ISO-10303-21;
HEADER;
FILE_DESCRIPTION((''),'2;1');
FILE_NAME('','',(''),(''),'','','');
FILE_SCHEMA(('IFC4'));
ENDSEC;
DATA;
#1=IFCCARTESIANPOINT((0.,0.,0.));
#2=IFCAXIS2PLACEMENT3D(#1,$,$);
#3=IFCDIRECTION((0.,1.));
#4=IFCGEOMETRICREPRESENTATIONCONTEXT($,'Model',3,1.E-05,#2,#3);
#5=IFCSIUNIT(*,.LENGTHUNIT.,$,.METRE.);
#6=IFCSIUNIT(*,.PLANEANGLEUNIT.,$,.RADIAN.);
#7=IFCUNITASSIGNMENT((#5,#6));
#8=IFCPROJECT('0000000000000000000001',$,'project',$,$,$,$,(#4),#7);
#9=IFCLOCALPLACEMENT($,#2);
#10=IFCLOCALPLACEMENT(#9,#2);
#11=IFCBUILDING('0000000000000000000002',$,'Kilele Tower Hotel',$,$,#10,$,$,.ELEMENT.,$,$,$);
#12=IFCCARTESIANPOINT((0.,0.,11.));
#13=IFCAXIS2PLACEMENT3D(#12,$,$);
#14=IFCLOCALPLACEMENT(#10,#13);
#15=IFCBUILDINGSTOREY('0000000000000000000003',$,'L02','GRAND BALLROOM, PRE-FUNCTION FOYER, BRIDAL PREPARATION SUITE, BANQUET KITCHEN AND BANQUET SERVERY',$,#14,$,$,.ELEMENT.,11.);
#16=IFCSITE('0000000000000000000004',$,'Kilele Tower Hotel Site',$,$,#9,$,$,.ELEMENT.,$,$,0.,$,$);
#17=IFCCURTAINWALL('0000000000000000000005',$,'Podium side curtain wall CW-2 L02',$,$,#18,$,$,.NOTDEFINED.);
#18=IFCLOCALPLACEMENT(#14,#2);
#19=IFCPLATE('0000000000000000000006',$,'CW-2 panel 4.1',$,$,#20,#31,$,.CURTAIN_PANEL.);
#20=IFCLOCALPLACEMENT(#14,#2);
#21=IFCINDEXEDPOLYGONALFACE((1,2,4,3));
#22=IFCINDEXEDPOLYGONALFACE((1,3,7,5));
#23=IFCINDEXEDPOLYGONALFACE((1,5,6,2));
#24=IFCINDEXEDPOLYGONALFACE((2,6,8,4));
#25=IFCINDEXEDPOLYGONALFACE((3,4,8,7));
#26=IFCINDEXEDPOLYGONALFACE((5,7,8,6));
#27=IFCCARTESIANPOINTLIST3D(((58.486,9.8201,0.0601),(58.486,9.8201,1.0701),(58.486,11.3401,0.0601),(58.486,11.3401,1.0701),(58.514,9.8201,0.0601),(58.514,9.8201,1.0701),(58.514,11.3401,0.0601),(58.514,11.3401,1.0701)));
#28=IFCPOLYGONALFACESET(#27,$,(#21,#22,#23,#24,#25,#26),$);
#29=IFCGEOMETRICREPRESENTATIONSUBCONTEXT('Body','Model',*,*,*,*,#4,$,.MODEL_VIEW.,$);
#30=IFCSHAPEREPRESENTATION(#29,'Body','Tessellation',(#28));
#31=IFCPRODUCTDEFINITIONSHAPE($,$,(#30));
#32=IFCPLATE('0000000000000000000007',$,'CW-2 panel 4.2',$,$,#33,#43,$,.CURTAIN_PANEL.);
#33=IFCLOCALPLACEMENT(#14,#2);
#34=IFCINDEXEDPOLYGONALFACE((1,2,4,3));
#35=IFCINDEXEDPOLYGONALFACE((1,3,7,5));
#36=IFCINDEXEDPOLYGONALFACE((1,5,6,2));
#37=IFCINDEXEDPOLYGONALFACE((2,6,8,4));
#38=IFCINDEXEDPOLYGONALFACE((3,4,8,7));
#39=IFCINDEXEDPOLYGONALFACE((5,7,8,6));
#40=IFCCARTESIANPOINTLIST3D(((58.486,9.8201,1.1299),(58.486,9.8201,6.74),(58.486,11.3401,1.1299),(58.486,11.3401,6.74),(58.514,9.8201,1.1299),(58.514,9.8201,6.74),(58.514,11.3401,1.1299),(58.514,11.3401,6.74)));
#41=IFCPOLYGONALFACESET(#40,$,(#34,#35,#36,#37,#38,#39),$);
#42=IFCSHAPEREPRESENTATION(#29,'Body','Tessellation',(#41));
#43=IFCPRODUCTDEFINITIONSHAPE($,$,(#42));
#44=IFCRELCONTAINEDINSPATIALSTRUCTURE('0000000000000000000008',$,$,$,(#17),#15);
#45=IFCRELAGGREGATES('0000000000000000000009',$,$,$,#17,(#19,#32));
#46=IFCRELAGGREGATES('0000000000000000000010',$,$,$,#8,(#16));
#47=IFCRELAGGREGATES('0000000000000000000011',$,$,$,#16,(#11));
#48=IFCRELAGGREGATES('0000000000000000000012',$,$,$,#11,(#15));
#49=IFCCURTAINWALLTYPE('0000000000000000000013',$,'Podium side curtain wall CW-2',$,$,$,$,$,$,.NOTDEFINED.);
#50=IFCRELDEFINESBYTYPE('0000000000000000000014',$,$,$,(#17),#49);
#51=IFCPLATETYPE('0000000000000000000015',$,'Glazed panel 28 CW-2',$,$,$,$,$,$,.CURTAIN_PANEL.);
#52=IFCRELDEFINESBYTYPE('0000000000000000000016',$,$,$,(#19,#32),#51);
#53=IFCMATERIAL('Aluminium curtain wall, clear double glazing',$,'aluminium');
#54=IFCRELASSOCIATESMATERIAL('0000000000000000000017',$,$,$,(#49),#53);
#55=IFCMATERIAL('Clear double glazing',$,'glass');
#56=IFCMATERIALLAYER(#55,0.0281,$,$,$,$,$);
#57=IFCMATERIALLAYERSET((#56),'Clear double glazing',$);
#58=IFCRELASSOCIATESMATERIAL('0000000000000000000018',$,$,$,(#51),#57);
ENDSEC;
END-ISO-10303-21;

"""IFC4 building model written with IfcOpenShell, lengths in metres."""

from ifc_helpers import new_model, si_unit, direction, frame, origin, origin_2d, place, context, subcontext, project, spatial, rectangle, extrude, material, layer, layer_set, type_object, element, aggregate, save


model = new_model("IFC4")

# Units and contexts
model_context = context("Model", 3, precision=1e-05, world=origin(), true_north=direction((0.0, 1.0)))
body_context = subcontext(model_context, "Body", "Model", "MODEL_VIEW")
ifc_project = project(units=[si_unit("LENGTHUNIT", "METRE"), si_unit("PLANEANGLEUNIT", "RADIAN")], contexts=[model_context])

# Site, building, storey
site_placement = place(None, origin())
site = spatial("IfcSite", under=ifc_project, at=site_placement, Name="Kilele Tower Hotel Site", CompositionType="ELEMENT", RefElevation=0.0)
building_placement = place(site_placement, origin())
building = spatial("IfcBuilding", under=site, at=building_placement, Name="Kilele Tower Hotel", CompositionType="ELEMENT")
storey_placement = place(building_placement, frame((0.0, 0.0, 11.0)))
storey = spatial("IfcBuildingStorey", under=building, at=storey_placement, Name="L02", Description="GRAND BALLROOM, PRE-FUNCTION FOYER, BRIDAL PREPARATION SUITE, BANQUET KITCHEN AND BANQUET SERVERY", CompositionType="ELEMENT", Elevation=11.0)

# Curtain wall, plates
ifc_material_1 = material(Name="Aluminium curtain wall, clear double glazing", Category="aluminium")
curtain_wall_type = type_object("IfcCurtainWallType", Name="Podium side curtain wall CW-2", PredefinedType="NOTDEFINED", material=ifc_material_1)
curtain_wall_placement = place(storey_placement, origin())
curtain_wall = element("IfcCurtainWall", 1, at=curtain_wall_placement, inside=storey, type_object=curtain_wall_type, Name="Podium side curtain wall CW-2 L02", PredefinedType="NOTDEFINED")
ifc_material_2 = material(Name="Clear double glazing", Category="glass")
ifc_layer = layer(ifc_material_2, 0.0281)
ifc_layer_set = layer_set([ifc_layer], Name="Clear double glazing")
plate_type = type_object("IfcPlateType", Name="Glazed panel 28 CW-2", PredefinedType="CURTAIN_PANEL", material=ifc_layer_set)
plate_1_placement = place(storey_placement, frame((58.5, 10.5801, 0.0601), z_axis=(0.0, 0.0, 1.0), x_axis=(0.0, 1.0, 0.0)))
plate_1 = element("IfcPlate", 2, at=plate_1_placement, type_object=plate_type, Name="CW-2 panel 4.1", PredefinedType="CURTAIN_PANEL", context=body_context, shape_type="SweptSolid", body=[
    extrude(rectangle(XDim=1.52, YDim=0.0281, at=origin_2d()), origin(), (0.0, 0.0, 1.0), 1.01),
])
plate_2_placement = place(storey_placement, frame((58.5, 10.5801, 1.1299), z_axis=(0.0, 0.0, 1.0), x_axis=(0.0, 1.0, 0.0)))
plate_2 = element("IfcPlate", 3, at=plate_2_placement, type_object=plate_type, Name="CW-2 panel 4.2", PredefinedType="CURTAIN_PANEL", context=body_context, shape_type="SweptSolid", body=[
    extrude(rectangle(XDim=1.52, YDim=0.0281, at=origin_2d()), origin(), (0.0, 0.0, 1.0), 5.6101),
])
aggregate(curtain_wall, [plate_1, plate_2])

save(model, "model.ifc")
